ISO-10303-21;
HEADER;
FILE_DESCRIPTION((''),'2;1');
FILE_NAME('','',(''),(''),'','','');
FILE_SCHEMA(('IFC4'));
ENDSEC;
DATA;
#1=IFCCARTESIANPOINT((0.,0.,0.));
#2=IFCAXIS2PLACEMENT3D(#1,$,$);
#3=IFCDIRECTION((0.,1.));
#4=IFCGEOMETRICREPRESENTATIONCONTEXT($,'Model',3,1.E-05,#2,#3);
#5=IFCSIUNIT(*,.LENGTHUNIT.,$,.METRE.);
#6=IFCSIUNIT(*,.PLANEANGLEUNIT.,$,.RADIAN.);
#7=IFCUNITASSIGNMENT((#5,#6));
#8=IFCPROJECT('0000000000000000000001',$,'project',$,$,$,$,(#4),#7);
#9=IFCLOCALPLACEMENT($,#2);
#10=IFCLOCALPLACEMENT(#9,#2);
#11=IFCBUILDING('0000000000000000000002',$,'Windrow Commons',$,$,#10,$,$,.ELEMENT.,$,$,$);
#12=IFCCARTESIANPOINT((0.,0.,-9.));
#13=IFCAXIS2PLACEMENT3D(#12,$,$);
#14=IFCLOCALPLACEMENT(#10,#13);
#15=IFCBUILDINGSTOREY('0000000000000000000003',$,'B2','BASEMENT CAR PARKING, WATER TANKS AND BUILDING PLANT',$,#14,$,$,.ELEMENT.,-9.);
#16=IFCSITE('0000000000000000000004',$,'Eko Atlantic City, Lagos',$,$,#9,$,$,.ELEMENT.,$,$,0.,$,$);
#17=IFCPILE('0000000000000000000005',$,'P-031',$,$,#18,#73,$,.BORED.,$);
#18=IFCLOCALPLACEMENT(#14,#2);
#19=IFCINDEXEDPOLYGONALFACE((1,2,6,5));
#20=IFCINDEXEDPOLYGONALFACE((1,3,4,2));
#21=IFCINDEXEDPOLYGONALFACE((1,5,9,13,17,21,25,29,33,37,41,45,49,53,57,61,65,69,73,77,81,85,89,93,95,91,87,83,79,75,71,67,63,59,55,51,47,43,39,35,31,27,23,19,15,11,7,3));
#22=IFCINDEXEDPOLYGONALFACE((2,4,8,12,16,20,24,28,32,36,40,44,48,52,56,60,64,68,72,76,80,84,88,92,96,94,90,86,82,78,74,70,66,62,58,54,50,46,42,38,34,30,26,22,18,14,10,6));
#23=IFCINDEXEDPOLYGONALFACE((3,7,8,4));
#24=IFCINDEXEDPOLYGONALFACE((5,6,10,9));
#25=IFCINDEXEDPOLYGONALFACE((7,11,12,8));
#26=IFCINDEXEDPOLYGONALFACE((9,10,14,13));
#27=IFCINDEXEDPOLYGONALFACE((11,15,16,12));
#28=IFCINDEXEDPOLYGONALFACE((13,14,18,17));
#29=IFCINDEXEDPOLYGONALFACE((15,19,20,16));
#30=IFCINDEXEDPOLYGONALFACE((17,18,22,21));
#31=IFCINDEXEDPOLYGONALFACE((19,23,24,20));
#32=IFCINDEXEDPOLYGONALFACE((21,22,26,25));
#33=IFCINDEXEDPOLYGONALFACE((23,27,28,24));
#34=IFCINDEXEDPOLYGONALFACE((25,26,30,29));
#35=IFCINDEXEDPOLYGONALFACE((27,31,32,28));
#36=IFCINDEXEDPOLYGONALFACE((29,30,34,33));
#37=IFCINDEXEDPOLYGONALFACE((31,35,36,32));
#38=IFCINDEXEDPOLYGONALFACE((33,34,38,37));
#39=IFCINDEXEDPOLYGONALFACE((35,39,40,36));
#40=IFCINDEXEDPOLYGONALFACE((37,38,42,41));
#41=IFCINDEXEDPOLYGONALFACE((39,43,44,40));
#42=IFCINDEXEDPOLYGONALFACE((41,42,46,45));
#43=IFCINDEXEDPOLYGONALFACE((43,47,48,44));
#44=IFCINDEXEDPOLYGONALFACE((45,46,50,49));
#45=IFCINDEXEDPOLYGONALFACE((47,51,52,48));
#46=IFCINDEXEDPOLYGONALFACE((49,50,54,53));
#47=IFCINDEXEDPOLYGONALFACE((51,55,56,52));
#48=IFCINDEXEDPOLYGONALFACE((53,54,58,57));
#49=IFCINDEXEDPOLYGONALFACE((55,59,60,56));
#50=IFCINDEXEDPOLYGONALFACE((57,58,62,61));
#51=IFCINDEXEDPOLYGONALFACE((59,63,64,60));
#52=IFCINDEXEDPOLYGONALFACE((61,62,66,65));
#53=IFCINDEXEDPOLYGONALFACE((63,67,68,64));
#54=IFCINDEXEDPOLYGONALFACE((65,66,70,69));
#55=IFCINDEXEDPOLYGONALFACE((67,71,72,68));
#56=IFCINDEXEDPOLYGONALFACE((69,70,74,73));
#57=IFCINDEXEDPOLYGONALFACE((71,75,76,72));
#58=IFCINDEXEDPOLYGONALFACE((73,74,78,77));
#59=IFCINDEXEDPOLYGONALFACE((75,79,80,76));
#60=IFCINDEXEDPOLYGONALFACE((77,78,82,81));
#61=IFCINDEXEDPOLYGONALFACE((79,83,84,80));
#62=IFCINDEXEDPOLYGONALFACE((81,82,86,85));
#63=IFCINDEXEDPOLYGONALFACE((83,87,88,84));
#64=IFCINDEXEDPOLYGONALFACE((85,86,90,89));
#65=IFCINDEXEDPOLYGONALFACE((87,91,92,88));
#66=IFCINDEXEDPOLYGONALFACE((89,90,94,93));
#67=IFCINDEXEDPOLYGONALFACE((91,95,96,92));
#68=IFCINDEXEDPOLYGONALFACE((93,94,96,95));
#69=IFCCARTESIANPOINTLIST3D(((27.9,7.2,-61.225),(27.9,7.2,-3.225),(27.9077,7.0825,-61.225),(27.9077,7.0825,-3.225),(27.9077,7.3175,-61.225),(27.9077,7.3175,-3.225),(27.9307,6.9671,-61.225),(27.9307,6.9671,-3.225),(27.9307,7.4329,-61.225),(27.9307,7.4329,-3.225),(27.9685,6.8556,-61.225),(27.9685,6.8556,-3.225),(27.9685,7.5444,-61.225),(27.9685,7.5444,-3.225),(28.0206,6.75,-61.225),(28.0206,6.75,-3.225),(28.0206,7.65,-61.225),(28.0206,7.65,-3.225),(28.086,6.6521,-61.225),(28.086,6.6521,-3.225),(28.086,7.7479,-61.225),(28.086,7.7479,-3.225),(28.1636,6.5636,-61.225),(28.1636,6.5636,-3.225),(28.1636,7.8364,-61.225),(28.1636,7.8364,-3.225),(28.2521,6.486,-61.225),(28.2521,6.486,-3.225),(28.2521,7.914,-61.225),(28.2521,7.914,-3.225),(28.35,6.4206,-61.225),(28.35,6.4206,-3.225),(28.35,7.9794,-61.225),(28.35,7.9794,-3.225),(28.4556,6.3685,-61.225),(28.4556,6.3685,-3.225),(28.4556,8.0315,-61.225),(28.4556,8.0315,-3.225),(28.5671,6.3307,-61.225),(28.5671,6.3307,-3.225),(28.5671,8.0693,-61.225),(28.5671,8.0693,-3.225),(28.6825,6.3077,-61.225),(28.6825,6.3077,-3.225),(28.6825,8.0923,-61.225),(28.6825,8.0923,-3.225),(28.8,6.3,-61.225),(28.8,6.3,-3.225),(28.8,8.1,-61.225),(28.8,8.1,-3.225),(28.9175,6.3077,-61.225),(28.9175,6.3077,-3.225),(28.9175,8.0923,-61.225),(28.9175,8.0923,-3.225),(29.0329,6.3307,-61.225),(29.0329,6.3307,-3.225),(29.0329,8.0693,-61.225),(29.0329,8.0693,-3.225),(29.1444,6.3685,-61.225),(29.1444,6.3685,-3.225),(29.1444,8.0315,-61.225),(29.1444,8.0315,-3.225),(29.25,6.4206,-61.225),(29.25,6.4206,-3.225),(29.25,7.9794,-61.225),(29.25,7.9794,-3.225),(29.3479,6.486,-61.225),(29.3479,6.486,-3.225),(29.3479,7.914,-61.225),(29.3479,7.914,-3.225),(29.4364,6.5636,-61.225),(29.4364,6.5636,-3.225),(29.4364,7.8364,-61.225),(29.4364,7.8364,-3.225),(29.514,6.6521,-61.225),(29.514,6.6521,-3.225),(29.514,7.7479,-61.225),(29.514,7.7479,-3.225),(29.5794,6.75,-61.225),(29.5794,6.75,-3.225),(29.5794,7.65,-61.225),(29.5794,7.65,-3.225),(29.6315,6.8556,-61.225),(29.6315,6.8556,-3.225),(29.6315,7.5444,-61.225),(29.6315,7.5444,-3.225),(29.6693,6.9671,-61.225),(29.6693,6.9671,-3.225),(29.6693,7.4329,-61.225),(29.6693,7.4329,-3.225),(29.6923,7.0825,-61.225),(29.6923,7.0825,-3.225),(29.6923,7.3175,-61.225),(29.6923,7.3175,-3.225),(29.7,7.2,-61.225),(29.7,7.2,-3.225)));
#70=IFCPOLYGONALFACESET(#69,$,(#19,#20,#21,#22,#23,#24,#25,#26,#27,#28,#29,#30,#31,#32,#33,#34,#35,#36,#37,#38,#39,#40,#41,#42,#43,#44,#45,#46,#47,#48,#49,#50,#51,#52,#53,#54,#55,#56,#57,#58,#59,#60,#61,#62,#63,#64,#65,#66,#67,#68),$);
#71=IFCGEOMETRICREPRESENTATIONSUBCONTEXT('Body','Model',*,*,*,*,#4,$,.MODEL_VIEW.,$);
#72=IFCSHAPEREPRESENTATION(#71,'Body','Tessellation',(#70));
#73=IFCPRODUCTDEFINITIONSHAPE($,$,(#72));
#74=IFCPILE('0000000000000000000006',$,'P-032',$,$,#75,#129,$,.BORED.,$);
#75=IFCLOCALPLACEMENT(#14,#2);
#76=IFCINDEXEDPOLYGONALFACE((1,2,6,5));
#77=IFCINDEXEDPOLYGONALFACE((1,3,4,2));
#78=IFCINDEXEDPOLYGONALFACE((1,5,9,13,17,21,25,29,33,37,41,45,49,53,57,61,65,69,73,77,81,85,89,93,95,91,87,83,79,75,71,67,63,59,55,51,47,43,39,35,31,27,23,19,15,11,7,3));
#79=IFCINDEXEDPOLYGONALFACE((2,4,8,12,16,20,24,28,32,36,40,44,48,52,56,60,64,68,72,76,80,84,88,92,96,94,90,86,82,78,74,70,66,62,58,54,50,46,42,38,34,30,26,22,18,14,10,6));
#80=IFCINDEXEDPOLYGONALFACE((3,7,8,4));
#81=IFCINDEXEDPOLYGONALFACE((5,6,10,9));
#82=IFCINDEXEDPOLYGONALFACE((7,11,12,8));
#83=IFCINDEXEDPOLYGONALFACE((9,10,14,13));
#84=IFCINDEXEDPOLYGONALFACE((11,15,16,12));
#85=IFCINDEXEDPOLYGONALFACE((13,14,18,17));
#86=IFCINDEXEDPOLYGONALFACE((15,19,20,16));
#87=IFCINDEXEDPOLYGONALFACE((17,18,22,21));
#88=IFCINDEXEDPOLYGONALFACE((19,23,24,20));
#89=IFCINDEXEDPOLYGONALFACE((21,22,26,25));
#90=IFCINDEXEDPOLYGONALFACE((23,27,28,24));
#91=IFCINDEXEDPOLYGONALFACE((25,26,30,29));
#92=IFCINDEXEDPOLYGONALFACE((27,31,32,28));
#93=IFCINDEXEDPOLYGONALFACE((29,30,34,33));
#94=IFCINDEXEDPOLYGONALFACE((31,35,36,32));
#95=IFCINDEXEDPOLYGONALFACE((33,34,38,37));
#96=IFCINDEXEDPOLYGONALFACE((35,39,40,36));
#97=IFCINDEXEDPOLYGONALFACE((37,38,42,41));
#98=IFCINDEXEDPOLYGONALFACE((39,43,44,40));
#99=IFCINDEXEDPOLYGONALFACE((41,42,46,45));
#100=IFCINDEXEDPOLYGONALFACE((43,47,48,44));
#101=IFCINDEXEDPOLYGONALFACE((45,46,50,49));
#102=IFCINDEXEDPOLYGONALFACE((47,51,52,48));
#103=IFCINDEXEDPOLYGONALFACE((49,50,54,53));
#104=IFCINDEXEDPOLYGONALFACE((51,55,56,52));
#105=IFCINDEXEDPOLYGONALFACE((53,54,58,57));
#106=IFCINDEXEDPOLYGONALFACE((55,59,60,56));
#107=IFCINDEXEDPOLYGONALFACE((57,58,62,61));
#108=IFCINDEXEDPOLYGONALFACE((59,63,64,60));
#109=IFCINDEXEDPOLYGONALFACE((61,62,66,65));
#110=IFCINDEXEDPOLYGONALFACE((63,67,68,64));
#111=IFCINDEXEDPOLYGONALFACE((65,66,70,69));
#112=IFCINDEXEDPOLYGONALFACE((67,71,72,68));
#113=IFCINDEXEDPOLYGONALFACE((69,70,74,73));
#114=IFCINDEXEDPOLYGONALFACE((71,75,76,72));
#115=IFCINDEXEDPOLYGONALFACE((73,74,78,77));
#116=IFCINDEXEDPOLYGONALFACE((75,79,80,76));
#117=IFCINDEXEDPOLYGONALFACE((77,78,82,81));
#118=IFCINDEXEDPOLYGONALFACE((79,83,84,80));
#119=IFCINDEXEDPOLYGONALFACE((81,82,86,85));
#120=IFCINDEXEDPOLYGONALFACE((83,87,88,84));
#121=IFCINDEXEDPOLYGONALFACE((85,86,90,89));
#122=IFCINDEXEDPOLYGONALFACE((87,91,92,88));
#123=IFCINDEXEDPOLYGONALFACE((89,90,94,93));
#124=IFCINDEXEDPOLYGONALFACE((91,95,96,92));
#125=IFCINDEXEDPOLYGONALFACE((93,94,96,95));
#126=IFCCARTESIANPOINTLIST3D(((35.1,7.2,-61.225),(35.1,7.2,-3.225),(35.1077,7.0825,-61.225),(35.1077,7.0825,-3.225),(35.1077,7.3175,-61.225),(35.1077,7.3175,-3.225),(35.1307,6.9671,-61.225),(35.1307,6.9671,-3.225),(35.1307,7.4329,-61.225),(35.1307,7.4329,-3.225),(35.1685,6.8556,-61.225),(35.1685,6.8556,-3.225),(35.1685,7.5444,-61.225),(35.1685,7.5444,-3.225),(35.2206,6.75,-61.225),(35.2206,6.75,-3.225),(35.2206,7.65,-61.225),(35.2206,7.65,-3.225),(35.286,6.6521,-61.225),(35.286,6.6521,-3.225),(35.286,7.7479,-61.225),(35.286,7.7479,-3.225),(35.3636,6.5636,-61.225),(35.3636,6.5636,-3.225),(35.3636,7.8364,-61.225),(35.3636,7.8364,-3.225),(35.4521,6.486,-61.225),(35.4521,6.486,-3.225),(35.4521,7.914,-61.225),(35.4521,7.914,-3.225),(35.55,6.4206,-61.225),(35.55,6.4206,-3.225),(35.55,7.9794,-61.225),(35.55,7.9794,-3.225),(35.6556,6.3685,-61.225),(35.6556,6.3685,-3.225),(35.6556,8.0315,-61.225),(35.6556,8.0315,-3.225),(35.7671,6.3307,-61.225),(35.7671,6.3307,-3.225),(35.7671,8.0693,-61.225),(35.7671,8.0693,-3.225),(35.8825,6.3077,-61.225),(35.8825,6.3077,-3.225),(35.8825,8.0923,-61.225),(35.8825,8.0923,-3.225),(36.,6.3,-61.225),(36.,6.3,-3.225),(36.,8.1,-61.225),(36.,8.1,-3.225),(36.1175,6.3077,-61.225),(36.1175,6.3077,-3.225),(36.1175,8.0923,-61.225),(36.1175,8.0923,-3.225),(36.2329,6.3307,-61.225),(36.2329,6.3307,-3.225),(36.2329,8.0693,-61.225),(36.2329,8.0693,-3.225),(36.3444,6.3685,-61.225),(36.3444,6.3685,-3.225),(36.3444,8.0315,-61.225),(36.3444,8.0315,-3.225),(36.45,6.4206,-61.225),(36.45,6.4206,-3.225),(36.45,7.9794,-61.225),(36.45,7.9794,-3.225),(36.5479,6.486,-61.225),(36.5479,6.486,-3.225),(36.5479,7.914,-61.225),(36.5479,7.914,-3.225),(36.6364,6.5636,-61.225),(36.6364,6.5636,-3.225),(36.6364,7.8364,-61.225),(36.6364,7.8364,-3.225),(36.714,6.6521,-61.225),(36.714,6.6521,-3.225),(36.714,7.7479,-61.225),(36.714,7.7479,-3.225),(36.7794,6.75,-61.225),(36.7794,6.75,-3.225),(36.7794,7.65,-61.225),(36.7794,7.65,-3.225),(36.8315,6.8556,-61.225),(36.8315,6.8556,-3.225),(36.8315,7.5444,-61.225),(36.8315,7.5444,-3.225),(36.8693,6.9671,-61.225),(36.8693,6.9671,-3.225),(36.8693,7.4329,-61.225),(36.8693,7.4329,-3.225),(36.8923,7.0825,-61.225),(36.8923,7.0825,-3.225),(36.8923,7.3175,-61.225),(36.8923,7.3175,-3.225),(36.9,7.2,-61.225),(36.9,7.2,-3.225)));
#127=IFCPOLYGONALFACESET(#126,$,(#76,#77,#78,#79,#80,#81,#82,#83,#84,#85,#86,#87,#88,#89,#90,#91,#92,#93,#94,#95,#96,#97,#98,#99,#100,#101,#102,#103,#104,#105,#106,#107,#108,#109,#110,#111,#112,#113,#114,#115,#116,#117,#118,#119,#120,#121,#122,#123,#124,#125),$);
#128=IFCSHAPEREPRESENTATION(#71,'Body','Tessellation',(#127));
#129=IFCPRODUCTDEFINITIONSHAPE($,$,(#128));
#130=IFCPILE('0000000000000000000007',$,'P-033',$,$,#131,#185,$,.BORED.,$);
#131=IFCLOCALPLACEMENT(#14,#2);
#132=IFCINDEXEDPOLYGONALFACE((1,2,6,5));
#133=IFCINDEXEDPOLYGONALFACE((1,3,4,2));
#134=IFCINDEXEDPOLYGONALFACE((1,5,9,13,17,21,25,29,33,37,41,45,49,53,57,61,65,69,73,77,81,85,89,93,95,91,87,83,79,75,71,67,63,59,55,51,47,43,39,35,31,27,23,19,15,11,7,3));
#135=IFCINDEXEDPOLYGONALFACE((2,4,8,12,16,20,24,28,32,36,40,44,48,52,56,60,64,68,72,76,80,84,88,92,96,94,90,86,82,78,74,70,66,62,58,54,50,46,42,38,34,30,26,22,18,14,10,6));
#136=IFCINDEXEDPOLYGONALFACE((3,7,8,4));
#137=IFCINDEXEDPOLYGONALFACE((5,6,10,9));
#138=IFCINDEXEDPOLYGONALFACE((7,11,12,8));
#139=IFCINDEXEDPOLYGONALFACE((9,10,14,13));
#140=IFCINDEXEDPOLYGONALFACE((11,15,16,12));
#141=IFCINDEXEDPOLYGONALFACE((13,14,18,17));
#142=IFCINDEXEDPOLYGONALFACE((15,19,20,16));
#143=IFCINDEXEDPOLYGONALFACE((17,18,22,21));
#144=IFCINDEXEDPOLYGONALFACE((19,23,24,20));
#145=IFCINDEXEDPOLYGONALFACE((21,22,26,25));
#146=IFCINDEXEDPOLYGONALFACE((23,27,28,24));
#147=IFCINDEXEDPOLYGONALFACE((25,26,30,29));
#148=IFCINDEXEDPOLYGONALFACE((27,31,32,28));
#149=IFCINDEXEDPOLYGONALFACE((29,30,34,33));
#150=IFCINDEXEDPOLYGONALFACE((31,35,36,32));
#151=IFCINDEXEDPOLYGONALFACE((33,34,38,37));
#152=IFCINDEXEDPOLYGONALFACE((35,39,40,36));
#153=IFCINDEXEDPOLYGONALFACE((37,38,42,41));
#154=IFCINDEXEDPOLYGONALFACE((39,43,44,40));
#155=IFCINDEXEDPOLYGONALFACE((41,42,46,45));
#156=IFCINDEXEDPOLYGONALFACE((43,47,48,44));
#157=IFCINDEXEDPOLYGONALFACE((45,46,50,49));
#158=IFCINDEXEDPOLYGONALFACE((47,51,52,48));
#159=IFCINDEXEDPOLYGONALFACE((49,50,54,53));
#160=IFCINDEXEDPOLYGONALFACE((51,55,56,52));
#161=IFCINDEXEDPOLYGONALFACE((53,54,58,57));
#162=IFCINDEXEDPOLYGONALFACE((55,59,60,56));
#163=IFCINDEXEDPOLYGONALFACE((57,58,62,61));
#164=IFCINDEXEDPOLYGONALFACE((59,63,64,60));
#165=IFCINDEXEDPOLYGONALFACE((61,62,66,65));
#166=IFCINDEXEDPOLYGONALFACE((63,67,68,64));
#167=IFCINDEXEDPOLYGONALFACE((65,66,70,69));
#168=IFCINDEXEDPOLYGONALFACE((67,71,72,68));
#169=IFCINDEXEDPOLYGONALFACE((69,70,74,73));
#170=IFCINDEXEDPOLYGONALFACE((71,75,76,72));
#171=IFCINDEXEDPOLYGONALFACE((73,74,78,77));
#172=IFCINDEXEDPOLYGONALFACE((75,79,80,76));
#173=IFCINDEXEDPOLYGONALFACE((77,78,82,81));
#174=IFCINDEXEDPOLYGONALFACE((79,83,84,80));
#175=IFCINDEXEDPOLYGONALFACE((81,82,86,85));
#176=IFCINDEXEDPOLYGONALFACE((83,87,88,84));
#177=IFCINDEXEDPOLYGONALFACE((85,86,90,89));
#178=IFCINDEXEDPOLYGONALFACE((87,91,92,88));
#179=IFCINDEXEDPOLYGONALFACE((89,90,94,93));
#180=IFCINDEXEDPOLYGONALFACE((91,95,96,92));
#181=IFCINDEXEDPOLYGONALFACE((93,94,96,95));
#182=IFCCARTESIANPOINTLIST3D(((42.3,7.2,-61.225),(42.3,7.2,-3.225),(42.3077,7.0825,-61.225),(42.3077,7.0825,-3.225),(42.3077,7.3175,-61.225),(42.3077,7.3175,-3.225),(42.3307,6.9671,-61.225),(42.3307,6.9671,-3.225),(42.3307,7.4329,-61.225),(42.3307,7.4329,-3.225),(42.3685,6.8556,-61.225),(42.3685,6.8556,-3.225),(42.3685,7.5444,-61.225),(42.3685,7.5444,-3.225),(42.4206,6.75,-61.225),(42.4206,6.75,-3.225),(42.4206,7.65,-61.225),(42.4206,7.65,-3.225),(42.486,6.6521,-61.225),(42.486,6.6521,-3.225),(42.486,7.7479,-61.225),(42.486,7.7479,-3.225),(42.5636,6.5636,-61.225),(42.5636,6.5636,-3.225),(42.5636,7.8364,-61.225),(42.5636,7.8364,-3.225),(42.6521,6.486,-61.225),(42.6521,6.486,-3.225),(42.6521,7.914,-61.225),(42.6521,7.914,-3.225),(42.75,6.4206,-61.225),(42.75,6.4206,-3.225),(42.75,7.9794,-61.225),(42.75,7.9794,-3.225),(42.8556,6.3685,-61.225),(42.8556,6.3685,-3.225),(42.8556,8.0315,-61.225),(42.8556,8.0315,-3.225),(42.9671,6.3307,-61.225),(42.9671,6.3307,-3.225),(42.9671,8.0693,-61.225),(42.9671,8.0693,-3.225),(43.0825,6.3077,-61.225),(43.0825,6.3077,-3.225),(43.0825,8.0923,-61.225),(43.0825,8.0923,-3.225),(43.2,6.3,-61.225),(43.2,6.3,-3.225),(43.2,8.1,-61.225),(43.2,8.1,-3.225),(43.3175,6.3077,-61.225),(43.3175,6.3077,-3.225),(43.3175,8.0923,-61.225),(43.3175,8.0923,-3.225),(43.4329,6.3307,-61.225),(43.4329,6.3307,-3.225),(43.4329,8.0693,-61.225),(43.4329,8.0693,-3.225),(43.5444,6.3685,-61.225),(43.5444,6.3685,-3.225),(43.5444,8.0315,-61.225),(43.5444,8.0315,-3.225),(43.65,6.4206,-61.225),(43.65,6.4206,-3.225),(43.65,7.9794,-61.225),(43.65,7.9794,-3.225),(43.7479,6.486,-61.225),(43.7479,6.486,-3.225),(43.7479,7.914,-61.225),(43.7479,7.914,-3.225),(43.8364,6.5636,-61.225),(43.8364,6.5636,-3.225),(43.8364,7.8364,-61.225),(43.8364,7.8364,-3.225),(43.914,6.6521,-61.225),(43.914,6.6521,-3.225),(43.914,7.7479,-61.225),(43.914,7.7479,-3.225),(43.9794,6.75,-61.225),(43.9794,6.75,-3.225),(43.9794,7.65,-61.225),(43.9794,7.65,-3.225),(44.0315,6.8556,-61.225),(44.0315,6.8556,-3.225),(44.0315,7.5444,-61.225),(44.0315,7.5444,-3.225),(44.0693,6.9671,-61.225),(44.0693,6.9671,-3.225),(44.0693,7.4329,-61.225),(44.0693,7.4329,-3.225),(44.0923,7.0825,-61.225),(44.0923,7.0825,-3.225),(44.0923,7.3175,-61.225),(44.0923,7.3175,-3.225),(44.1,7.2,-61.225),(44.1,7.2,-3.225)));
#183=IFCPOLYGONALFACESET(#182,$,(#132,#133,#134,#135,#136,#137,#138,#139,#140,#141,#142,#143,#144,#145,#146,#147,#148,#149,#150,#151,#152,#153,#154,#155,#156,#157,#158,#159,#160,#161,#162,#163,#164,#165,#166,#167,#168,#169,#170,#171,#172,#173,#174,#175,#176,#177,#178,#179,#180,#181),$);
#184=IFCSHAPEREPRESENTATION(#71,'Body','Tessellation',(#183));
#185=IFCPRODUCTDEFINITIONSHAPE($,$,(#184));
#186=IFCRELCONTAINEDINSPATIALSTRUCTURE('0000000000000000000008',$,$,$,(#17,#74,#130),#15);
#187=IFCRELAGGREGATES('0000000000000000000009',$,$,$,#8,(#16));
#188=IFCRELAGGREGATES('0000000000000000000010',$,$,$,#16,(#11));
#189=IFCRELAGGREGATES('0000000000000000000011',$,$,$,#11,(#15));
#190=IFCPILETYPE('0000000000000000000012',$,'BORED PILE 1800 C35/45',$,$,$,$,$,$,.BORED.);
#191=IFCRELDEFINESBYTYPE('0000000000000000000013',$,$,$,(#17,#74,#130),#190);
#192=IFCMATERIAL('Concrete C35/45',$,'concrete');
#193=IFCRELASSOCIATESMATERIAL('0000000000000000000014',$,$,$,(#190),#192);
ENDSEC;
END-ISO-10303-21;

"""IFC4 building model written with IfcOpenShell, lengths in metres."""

from ifc_helpers import new_model, si_unit, direction, frame, origin, origin_2d, place, context, subcontext, project, spatial, circle, extrude, material, material_profile, profile_set, type_object, element, save


model = new_model("IFC4")

# Units and contexts
model_context = context("Model", 3, precision=1e-05, world=origin(), true_north=direction((0.0, 1.0)))
body_context = subcontext(model_context, "Body", "Model", "MODEL_VIEW")
ifc_project = project(units=[si_unit("LENGTHUNIT", "METRE"), si_unit("PLANEANGLEUNIT", "RADIAN")], contexts=[model_context])

# Site, building, storey
site_placement = place(None, origin())
site = spatial("IfcSite", under=ifc_project, at=site_placement, Name="Eko Atlantic City, Lagos", CompositionType="ELEMENT", RefElevation=0.0)
building_placement = place(site_placement, origin())
building = spatial("IfcBuilding", under=site, at=building_placement, Name="Windrow Commons", CompositionType="ELEMENT")
storey_placement = place(building_placement, frame((0.0, 0.0, -9.0)))
storey = spatial("IfcBuildingStorey", under=building, at=storey_placement, Name="B2", Description="BASEMENT CAR PARKING, WATER TANKS AND BUILDING PLANT", CompositionType="ELEMENT", Elevation=-9.0)

# Piles
ifc_material_1 = material(Name="Concrete C35/45", Category="concrete")
ifc_material_profile_1 = material_profile(ifc_material_1, circle(Radius=0.9, at=origin_2d()))
ifc_profile_set_1 = profile_set([ifc_material_profile_1], Name="Concrete C35/45")
pile_type = type_object("IfcPileType", Name="BORED PILE 1800 C35/45", PredefinedType="BORED", material=ifc_profile_set_1)
for number, where, z_axis, x_axis, name in (
    (1, (28.8, 7.2, -3.225), (0.0, 0.0, -1.0), (1.0, 0.0, 0.0), "P-031"),
    (2, (36.0, 7.2, -3.225), (0.0, 0.0, -1.0), (1.0, 0.0, 0.0), "P-032"),
    (3, (43.2, 7.2, -3.225), (0.0, 0.0, -1.0), (1.0, 0.0, 0.0), "P-033"),
):
    element("IfcPile", number, at=place(storey_placement, frame(where, z_axis=z_axis, x_axis=x_axis)), inside=storey, type_object=pile_type, Name=name, PredefinedType="BORED", context=body_context, shape_type="SweptSolid", body=[
        extrude(circle(Radius=0.9, at=origin_2d()), origin(), (0.0, 0.0, 1.0), 58.0),
    ])

save(model, "model.ifc")
